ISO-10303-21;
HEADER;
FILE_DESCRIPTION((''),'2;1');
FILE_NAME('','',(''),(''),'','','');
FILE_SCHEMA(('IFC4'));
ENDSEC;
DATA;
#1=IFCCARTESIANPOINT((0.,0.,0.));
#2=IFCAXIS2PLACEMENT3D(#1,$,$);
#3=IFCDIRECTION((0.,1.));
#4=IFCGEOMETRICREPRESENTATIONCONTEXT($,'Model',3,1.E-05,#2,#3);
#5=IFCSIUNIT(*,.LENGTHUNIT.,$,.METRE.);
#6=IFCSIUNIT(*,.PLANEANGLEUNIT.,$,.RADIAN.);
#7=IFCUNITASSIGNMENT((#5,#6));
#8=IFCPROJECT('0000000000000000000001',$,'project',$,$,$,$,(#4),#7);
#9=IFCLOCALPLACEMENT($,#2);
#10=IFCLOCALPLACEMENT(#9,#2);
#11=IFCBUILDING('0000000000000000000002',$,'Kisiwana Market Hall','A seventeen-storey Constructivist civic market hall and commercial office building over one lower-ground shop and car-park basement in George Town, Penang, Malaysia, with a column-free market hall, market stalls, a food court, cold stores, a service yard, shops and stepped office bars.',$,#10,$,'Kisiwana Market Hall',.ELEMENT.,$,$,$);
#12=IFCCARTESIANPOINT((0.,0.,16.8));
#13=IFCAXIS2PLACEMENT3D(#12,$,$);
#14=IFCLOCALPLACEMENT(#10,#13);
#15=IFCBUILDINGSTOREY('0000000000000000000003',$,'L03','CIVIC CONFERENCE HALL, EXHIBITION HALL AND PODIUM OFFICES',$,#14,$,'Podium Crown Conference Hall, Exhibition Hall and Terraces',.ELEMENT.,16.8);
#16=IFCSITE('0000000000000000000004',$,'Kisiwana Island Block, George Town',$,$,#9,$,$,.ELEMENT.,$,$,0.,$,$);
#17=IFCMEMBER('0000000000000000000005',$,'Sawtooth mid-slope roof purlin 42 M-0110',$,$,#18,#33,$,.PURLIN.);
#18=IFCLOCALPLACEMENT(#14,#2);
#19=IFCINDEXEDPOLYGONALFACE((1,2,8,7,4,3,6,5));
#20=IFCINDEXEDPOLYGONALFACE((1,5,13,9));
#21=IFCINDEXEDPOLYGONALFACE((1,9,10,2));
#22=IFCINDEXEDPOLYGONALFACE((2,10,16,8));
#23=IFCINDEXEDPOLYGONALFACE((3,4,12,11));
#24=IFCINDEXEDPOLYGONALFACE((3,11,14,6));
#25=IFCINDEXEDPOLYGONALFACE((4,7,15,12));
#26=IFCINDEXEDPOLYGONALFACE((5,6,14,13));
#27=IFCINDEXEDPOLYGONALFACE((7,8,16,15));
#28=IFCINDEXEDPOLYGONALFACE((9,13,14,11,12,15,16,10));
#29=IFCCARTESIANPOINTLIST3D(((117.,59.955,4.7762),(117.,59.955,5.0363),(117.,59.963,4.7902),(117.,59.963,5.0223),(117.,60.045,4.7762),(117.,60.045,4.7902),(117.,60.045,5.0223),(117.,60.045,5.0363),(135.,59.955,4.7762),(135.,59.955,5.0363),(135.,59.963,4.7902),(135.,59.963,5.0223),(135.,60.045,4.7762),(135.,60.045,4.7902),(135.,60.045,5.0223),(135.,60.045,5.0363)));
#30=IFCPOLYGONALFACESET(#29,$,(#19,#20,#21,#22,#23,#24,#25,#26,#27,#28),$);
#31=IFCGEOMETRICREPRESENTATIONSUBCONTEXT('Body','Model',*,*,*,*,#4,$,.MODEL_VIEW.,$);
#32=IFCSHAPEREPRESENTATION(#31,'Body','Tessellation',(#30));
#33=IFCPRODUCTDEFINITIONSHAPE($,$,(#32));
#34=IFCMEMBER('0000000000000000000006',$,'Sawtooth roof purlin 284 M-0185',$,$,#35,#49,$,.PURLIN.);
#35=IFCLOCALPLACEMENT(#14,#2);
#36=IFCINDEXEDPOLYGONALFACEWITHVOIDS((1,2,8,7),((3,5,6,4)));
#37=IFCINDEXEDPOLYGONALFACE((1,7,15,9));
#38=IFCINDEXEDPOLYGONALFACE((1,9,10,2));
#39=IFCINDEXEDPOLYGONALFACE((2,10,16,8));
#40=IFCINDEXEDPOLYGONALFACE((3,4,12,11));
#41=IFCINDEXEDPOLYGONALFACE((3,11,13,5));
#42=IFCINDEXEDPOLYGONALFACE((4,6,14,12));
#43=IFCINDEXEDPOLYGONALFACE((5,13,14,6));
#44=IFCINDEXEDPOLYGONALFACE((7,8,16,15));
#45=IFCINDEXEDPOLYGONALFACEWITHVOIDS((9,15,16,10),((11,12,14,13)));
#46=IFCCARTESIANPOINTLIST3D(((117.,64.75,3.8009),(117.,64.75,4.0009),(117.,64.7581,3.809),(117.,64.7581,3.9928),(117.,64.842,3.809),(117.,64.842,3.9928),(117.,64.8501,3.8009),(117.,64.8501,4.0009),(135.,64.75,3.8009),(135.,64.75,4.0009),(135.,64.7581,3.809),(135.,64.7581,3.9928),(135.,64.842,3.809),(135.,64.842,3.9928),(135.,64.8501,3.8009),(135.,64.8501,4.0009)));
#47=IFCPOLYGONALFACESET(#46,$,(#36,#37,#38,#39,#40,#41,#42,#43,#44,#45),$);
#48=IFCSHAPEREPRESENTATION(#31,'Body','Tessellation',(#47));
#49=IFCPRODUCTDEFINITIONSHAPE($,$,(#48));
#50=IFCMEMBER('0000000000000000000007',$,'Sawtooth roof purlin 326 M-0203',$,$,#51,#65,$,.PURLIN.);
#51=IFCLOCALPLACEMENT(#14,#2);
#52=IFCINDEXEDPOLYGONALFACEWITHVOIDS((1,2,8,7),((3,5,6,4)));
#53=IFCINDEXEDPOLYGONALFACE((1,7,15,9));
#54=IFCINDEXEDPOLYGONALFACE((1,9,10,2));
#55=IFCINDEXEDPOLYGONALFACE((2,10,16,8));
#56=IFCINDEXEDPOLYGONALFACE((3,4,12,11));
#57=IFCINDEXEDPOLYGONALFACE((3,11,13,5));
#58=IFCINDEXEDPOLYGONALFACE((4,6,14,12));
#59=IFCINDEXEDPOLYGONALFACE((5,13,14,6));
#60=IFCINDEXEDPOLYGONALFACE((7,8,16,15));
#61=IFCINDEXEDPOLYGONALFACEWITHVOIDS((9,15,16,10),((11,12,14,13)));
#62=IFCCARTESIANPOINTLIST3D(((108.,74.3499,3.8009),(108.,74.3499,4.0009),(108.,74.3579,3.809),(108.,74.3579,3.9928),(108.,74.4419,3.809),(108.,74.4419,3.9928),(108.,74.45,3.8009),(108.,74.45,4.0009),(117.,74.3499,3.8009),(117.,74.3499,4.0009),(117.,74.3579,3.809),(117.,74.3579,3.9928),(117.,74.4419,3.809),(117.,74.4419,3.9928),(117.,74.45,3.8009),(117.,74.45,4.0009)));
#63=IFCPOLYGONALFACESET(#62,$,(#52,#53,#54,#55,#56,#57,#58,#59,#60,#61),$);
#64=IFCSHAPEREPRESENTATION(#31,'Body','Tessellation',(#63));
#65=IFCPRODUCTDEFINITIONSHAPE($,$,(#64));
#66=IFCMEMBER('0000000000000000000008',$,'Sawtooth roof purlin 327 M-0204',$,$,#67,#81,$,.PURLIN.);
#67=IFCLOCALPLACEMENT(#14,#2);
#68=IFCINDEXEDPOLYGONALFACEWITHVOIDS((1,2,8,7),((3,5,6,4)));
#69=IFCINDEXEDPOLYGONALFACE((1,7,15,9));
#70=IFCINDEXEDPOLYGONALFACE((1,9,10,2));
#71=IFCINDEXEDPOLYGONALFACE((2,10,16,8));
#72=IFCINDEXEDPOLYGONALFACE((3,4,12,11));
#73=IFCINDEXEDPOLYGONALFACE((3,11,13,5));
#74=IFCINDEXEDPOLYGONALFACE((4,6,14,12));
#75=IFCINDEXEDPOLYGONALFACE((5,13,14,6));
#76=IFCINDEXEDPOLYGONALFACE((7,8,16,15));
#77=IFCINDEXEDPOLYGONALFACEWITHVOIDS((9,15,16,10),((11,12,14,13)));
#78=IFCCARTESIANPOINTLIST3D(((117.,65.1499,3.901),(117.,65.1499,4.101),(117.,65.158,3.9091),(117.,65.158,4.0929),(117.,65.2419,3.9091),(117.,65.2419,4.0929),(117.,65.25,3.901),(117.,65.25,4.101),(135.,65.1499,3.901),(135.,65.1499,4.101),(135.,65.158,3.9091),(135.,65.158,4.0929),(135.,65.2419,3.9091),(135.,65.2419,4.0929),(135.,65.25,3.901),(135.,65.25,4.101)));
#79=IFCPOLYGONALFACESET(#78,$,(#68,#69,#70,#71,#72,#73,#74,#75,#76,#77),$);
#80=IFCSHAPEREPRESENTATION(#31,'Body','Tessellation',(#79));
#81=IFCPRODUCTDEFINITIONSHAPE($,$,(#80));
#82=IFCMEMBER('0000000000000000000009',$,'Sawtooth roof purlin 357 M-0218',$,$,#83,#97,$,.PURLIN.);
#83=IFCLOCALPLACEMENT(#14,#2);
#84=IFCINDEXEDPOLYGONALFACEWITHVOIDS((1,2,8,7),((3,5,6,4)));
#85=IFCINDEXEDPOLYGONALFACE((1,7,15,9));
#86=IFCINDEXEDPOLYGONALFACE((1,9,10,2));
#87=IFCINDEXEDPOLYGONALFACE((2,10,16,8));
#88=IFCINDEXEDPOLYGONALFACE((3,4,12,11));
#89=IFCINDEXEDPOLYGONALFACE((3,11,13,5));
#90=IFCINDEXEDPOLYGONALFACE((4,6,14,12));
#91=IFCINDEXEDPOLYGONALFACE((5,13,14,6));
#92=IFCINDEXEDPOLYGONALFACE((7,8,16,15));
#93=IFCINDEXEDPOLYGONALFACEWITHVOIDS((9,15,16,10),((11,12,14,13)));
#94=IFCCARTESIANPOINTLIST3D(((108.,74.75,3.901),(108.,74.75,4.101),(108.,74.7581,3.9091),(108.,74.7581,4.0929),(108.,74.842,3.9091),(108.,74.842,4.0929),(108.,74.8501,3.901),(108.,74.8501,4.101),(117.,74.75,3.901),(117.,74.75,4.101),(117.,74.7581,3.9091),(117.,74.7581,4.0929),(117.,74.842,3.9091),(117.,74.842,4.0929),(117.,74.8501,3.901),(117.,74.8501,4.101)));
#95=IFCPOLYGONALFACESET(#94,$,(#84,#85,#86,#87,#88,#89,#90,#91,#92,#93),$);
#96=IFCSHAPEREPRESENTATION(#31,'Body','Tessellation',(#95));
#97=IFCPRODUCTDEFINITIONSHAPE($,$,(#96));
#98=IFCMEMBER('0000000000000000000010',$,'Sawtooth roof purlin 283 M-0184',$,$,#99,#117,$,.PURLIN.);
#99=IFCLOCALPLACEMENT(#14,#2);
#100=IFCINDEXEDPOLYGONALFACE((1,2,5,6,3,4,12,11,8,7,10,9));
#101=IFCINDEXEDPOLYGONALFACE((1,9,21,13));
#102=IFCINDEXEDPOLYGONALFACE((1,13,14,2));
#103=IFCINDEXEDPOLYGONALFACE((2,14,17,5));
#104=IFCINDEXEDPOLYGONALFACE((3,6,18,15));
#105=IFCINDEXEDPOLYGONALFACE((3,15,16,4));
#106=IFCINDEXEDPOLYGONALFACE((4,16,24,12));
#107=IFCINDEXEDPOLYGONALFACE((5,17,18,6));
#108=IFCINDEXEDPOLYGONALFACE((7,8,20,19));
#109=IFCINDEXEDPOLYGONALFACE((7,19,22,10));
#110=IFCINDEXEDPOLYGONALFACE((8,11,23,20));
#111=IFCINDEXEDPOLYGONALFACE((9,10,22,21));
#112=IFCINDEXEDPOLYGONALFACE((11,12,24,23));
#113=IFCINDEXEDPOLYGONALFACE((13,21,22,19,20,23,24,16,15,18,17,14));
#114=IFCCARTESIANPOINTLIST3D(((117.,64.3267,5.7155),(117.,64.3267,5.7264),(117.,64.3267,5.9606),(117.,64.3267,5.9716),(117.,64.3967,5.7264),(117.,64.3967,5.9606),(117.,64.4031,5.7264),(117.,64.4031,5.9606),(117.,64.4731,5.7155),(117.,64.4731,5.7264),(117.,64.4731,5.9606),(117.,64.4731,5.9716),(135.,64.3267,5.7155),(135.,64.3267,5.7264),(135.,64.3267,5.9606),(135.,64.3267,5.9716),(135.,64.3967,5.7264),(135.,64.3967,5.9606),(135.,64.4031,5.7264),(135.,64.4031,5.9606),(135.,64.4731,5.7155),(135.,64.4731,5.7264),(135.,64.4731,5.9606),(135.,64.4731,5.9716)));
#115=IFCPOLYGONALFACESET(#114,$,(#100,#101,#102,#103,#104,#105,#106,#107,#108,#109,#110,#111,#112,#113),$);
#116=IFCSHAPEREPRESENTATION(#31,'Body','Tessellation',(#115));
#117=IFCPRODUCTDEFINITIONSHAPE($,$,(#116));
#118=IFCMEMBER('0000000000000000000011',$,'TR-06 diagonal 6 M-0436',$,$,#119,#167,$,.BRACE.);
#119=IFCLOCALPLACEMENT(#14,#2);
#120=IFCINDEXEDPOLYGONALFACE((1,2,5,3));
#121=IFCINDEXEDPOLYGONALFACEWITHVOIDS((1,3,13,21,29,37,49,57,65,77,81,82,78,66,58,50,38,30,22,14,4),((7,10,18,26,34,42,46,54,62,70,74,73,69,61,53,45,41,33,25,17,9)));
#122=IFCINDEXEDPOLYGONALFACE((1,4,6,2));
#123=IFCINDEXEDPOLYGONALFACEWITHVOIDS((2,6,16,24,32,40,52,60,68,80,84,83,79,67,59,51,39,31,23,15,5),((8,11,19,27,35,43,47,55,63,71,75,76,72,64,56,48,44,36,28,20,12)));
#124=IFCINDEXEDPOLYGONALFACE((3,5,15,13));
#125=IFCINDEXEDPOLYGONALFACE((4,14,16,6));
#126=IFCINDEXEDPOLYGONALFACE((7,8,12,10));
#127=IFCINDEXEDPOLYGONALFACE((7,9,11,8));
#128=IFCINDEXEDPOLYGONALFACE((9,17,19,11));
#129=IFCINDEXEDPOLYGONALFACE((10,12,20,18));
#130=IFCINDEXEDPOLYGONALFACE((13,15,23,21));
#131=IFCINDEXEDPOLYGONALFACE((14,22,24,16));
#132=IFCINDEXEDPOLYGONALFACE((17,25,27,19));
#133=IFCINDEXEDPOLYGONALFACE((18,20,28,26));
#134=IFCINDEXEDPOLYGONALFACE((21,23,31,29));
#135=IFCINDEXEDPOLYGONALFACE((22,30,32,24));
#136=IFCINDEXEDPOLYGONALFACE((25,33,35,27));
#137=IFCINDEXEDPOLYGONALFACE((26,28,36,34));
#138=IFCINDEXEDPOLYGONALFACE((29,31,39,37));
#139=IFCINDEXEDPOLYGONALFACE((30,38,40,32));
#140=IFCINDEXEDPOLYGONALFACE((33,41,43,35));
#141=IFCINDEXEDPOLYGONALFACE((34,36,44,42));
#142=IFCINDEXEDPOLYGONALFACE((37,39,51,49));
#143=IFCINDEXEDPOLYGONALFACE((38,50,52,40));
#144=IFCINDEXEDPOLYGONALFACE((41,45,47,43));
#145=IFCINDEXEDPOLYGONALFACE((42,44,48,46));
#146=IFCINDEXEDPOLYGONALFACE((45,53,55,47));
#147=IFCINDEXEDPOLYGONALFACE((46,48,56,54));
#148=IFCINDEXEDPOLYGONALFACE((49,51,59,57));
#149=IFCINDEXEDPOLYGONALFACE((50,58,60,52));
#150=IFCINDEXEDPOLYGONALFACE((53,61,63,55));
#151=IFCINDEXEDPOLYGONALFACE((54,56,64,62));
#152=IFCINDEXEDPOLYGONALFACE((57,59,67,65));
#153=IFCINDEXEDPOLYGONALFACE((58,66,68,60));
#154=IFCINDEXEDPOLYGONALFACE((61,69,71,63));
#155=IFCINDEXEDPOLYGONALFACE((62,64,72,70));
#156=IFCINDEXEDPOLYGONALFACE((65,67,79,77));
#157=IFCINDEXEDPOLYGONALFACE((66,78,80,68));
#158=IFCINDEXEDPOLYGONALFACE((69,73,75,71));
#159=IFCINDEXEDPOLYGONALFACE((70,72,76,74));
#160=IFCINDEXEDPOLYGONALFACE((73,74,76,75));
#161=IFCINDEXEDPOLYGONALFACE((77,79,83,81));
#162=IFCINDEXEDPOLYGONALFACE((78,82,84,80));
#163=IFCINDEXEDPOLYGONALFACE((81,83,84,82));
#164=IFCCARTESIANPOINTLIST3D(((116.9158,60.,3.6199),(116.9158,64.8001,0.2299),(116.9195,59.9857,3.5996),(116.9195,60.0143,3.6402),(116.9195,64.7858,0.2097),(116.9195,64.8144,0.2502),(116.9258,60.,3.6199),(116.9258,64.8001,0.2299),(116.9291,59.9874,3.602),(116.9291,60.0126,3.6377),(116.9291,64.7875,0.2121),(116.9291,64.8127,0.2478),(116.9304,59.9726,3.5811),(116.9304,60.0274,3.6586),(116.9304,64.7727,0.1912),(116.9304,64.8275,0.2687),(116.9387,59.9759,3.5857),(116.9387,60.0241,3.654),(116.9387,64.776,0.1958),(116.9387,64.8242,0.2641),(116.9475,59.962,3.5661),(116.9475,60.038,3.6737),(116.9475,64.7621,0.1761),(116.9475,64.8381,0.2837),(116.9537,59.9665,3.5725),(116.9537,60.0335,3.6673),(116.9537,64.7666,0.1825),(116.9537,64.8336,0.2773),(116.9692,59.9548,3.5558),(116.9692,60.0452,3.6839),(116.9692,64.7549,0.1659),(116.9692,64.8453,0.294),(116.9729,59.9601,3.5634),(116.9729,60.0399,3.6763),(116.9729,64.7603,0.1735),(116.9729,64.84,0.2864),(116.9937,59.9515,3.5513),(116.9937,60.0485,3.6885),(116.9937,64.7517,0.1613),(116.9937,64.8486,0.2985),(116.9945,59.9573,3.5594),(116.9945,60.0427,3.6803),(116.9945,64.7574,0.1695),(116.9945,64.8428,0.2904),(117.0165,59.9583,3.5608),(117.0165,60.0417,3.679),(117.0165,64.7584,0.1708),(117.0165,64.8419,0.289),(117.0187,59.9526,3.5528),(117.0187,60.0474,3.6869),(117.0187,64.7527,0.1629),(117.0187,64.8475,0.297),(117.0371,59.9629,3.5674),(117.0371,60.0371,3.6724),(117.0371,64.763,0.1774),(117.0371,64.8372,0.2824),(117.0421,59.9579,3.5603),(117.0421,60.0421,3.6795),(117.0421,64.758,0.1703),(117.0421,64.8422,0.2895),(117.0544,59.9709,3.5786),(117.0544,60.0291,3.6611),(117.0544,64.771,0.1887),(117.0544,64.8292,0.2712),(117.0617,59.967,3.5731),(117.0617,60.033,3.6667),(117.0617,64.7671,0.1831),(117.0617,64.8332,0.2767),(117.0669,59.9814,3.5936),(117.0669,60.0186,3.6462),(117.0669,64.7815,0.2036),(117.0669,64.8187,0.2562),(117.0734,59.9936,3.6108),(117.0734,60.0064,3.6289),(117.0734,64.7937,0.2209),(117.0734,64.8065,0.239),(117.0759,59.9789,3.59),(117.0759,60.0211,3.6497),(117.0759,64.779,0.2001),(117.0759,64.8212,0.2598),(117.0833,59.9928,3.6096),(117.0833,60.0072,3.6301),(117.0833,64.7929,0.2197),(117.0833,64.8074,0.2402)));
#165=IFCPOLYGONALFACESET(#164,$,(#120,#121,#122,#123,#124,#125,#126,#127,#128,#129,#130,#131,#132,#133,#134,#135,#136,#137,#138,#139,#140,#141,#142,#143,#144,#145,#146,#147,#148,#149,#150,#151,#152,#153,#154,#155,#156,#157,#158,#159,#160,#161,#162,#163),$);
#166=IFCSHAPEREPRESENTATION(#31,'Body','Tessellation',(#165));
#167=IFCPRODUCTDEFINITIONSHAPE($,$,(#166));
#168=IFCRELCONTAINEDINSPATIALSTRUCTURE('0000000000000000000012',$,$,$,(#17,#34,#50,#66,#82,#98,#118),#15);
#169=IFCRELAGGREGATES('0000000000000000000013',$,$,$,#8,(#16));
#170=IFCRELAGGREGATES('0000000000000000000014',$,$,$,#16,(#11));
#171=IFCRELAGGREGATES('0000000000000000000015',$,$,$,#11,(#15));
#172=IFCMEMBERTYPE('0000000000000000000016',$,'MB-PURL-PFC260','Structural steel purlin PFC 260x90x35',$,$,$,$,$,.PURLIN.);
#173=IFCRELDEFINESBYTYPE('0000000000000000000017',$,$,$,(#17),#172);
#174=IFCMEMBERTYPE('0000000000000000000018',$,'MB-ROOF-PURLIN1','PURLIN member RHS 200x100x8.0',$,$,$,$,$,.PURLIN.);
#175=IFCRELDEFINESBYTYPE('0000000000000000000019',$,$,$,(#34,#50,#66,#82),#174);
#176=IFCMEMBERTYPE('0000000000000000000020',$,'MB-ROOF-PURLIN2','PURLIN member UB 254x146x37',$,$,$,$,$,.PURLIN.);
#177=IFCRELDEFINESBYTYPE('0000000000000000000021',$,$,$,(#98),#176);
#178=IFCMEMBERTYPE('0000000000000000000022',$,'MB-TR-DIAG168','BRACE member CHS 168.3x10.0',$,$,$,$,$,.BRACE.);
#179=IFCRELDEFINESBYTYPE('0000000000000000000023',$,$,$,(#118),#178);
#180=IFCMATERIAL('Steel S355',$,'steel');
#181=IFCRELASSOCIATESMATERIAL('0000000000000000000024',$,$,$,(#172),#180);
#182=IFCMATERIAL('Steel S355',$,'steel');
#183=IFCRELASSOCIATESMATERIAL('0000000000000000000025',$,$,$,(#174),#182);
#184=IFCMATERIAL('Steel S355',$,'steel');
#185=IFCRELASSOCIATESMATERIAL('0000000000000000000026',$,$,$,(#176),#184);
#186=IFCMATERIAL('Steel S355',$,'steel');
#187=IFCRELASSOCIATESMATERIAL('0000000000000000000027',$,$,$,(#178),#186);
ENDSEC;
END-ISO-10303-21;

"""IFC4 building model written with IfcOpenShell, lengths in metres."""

from ifc_helpers import new_model, si_unit, direction, frame, origin, origin_2d, place, context, subcontext, project, spatial, hollow_rectangle, hollow_circle, i_section, u_section, extrude, material, material_profile, profile_set, type_object, element, save


model = new_model("IFC4")

# Units and contexts
model_context = context("Model", 3, precision=1e-05, world=origin(), true_north=direction((0.0, 1.0)))
body_context = subcontext(model_context, "Body", "Model", "MODEL_VIEW")
ifc_project = project(units=[si_unit("LENGTHUNIT", "METRE"), si_unit("PLANEANGLEUNIT", "RADIAN")], contexts=[model_context])

# Site, building, storey
site_placement = place(None, origin())
site = spatial("IfcSite", under=ifc_project, at=site_placement, Name="Kisiwana Island Block, George Town", CompositionType="ELEMENT", RefElevation=0.0)
building_placement = place(site_placement, origin())
building = spatial("IfcBuilding", under=site, at=building_placement, Name="Kisiwana Market Hall", Description="A seventeen-storey Constructivist civic market hall and commercial office building over one lower-ground shop and car-park basement in George Town, Penang, Malaysia, with a column-free market hall, market stalls, a food court, cold stores, a service yard, shops and stepped office bars.", LongName="Kisiwana Market Hall", CompositionType="ELEMENT")
storey_placement = place(building_placement, frame((0.0, 0.0, 16.8)))
storey = spatial("IfcBuildingStorey", under=building, at=storey_placement, Name="L03", Description="CIVIC CONFERENCE HALL, EXHIBITION HALL AND PODIUM OFFICES", LongName="Podium Crown Conference Hall, Exhibition Hall and Terraces", CompositionType="ELEMENT", Elevation=16.8)

# Members
ifc_material_1 = material(Name="Steel S355", Category="steel")
ifc_material_profile_1 = material_profile(ifc_material_1, u_section(Depth=0.26, FlangeWidth=0.0901, WebThickness=0.0081, FlangeThickness=0.0139, at=origin_2d()), Name="PFC 260x90x35")
ifc_profile_set_1 = profile_set([ifc_material_profile_1], Name="Steel S355")
member_type_1 = type_object("IfcMemberType", Name="MB-PURL-PFC260", Description="Structural steel purlin PFC 260x90x35", PredefinedType="PURLIN", material=ifc_profile_set_1)
member_1_placement = place(storey_placement, frame((117.0, 60.0, 4.9062), z_axis=(1.0, 0.0, 0.0), x_axis=(0.0, 1.0, 0.0)))
element("IfcMember", 1, at=member_1_placement, inside=storey, type_object=member_type_1, Name="Sawtooth mid-slope roof purlin 42 M-0110", PredefinedType="PURLIN", context=body_context, shape_type="SweptSolid", body=[
    extrude(u_section(Depth=0.26, FlangeWidth=0.0901, WebThickness=0.0081, FlangeThickness=0.0139, at=origin_2d()), origin(), (0.0, 0.0, 1.0), 18.0),
])
ifc_material_2 = material(Name="Steel S355", Category="steel")
ifc_material_profile_2 = material_profile(ifc_material_2, hollow_rectangle(XDim=0.1001, YDim=0.2, WallThickness=0.0081, at=origin_2d()), Name="RHS 200x100x8.0")
ifc_profile_set_2 = profile_set([ifc_material_profile_2], Name="Steel S355")
member_type_2 = type_object("IfcMemberType", Name="MB-ROOF-PURLIN1", Description="PURLIN member RHS 200x100x8.0", PredefinedType="PURLIN", material=ifc_profile_set_2)
member_2_placement = place(storey_placement, frame((117.0, 64.8, 3.9009), z_axis=(1.0, 0.0, 0.0), x_axis=(0.0, 1.0, 0.0)))
element("IfcMember", 2, at=member_2_placement, inside=storey, type_object=member_type_2, Name="Sawtooth roof purlin 284 M-0185", PredefinedType="PURLIN", context=body_context, shape_type="SweptSolid", body=[
    extrude(hollow_rectangle(XDim=0.1001, YDim=0.2, WallThickness=0.0081, at=origin_2d()), origin(), (0.0, 0.0, 1.0), 18.0),
])
member_3_placement = place(storey_placement, frame((108.0, 74.3999, 3.9009), z_axis=(1.0, 0.0, 0.0), x_axis=(0.0, 1.0, 0.0)))
element("IfcMember", 3, at=member_3_placement, inside=storey, type_object=member_type_2, Name="Sawtooth roof purlin 326 M-0203", PredefinedType="PURLIN", context=body_context, shape_type="SweptSolid", body=[
    extrude(hollow_rectangle(XDim=0.1001, YDim=0.2, WallThickness=0.0081, at=origin_2d()), origin(), (0.0, 0.0, 1.0), 9.0),
])
member_4_placement = place(storey_placement, frame((117.0, 65.2, 4.001), z_axis=(1.0, 0.0, 0.0), x_axis=(0.0, 1.0, 0.0)))
element("IfcMember", 4, at=member_4_placement, inside=storey, type_object=member_type_2, Name="Sawtooth roof purlin 327 M-0204", PredefinedType="PURLIN", context=body_context, shape_type="SweptSolid", body=[
    extrude(hollow_rectangle(XDim=0.1001, YDim=0.2, WallThickness=0.0081, at=origin_2d()), origin(), (0.0, 0.0, 1.0), 18.0),
])
member_5_placement = place(storey_placement, frame((108.0, 74.8, 4.001), z_axis=(1.0, 0.0, 0.0), x_axis=(0.0, 1.0, 0.0)))
element("IfcMember", 5, at=member_5_placement, inside=storey, type_object=member_type_2, Name="Sawtooth roof purlin 357 M-0218", PredefinedType="PURLIN", context=body_context, shape_type="SweptSolid", body=[
    extrude(hollow_rectangle(XDim=0.1001, YDim=0.2, WallThickness=0.0081, at=origin_2d()), origin(), (0.0, 0.0, 1.0), 9.0),
])
ifc_material_3 = material(Name="Steel S355", Category="steel")
ifc_material_profile_3 = material_profile(ifc_material_3, i_section(OverallWidth=0.1465, OverallDepth=0.2561, WebThickness=0.0063, FlangeThickness=0.011, at=origin_2d()), Name="UB 254x146x37")
ifc_profile_set_3 = profile_set([ifc_material_profile_3], Name="Steel S355")
member_type_3 = type_object("IfcMemberType", Name="MB-ROOF-PURLIN2", Description="PURLIN member UB 254x146x37", PredefinedType="PURLIN", material=ifc_profile_set_3)
member_6_placement = place(storey_placement, frame((117.0, 64.3999, 5.8435), z_axis=(1.0, 0.0, 0.0), x_axis=(0.0, 1.0, 0.0)))
element("IfcMember", 6, at=member_6_placement, inside=storey, type_object=member_type_3, Name="Sawtooth roof purlin 283 M-0184", PredefinedType="PURLIN", context=body_context, shape_type="SweptSolid", body=[
    extrude(i_section(OverallWidth=0.1465, OverallDepth=0.2561, WebThickness=0.0063, FlangeThickness=0.011, at=origin_2d()), origin(), (0.0, 0.0, 1.0), 18.0),
])
ifc_material_4 = material(Name="Steel S355", Category="steel")
ifc_material_profile_4 = material_profile(ifc_material_4, hollow_circle(Radius=0.0842, WallThickness=0.01, at=origin_2d()), Name="CHS 168.3x10.0")
ifc_profile_set_4 = profile_set([ifc_material_profile_4], Name="Steel S355")
member_type_4 = type_object("IfcMemberType", Name="MB-TR-DIAG168", Description="BRACE member CHS 168.3x10.0", PredefinedType="BRACE", material=ifc_profile_set_4)
for number, where, z_axis, x_axis, name in (
    (7, (117.0, 60.0, 3.6199), (0.0, 0.816838, -0.576868), (-1.0, 0.0, 0.0), "TR-06 diagonal 6 M-0436"),
):
    element("IfcMember", number, at=place(storey_placement, frame(where, z_axis=z_axis, x_axis=x_axis)), inside=storey, type_object=member_type_4, Name=name, PredefinedType="BRACE", context=body_context, shape_type="SweptSolid", body=[
        extrude(hollow_circle(Radius=0.0842, WallThickness=0.01, at=origin_2d()), origin(), (0.0, 0.0, 1.0), 5.8765),
    ])

save(model, "model.ifc")
